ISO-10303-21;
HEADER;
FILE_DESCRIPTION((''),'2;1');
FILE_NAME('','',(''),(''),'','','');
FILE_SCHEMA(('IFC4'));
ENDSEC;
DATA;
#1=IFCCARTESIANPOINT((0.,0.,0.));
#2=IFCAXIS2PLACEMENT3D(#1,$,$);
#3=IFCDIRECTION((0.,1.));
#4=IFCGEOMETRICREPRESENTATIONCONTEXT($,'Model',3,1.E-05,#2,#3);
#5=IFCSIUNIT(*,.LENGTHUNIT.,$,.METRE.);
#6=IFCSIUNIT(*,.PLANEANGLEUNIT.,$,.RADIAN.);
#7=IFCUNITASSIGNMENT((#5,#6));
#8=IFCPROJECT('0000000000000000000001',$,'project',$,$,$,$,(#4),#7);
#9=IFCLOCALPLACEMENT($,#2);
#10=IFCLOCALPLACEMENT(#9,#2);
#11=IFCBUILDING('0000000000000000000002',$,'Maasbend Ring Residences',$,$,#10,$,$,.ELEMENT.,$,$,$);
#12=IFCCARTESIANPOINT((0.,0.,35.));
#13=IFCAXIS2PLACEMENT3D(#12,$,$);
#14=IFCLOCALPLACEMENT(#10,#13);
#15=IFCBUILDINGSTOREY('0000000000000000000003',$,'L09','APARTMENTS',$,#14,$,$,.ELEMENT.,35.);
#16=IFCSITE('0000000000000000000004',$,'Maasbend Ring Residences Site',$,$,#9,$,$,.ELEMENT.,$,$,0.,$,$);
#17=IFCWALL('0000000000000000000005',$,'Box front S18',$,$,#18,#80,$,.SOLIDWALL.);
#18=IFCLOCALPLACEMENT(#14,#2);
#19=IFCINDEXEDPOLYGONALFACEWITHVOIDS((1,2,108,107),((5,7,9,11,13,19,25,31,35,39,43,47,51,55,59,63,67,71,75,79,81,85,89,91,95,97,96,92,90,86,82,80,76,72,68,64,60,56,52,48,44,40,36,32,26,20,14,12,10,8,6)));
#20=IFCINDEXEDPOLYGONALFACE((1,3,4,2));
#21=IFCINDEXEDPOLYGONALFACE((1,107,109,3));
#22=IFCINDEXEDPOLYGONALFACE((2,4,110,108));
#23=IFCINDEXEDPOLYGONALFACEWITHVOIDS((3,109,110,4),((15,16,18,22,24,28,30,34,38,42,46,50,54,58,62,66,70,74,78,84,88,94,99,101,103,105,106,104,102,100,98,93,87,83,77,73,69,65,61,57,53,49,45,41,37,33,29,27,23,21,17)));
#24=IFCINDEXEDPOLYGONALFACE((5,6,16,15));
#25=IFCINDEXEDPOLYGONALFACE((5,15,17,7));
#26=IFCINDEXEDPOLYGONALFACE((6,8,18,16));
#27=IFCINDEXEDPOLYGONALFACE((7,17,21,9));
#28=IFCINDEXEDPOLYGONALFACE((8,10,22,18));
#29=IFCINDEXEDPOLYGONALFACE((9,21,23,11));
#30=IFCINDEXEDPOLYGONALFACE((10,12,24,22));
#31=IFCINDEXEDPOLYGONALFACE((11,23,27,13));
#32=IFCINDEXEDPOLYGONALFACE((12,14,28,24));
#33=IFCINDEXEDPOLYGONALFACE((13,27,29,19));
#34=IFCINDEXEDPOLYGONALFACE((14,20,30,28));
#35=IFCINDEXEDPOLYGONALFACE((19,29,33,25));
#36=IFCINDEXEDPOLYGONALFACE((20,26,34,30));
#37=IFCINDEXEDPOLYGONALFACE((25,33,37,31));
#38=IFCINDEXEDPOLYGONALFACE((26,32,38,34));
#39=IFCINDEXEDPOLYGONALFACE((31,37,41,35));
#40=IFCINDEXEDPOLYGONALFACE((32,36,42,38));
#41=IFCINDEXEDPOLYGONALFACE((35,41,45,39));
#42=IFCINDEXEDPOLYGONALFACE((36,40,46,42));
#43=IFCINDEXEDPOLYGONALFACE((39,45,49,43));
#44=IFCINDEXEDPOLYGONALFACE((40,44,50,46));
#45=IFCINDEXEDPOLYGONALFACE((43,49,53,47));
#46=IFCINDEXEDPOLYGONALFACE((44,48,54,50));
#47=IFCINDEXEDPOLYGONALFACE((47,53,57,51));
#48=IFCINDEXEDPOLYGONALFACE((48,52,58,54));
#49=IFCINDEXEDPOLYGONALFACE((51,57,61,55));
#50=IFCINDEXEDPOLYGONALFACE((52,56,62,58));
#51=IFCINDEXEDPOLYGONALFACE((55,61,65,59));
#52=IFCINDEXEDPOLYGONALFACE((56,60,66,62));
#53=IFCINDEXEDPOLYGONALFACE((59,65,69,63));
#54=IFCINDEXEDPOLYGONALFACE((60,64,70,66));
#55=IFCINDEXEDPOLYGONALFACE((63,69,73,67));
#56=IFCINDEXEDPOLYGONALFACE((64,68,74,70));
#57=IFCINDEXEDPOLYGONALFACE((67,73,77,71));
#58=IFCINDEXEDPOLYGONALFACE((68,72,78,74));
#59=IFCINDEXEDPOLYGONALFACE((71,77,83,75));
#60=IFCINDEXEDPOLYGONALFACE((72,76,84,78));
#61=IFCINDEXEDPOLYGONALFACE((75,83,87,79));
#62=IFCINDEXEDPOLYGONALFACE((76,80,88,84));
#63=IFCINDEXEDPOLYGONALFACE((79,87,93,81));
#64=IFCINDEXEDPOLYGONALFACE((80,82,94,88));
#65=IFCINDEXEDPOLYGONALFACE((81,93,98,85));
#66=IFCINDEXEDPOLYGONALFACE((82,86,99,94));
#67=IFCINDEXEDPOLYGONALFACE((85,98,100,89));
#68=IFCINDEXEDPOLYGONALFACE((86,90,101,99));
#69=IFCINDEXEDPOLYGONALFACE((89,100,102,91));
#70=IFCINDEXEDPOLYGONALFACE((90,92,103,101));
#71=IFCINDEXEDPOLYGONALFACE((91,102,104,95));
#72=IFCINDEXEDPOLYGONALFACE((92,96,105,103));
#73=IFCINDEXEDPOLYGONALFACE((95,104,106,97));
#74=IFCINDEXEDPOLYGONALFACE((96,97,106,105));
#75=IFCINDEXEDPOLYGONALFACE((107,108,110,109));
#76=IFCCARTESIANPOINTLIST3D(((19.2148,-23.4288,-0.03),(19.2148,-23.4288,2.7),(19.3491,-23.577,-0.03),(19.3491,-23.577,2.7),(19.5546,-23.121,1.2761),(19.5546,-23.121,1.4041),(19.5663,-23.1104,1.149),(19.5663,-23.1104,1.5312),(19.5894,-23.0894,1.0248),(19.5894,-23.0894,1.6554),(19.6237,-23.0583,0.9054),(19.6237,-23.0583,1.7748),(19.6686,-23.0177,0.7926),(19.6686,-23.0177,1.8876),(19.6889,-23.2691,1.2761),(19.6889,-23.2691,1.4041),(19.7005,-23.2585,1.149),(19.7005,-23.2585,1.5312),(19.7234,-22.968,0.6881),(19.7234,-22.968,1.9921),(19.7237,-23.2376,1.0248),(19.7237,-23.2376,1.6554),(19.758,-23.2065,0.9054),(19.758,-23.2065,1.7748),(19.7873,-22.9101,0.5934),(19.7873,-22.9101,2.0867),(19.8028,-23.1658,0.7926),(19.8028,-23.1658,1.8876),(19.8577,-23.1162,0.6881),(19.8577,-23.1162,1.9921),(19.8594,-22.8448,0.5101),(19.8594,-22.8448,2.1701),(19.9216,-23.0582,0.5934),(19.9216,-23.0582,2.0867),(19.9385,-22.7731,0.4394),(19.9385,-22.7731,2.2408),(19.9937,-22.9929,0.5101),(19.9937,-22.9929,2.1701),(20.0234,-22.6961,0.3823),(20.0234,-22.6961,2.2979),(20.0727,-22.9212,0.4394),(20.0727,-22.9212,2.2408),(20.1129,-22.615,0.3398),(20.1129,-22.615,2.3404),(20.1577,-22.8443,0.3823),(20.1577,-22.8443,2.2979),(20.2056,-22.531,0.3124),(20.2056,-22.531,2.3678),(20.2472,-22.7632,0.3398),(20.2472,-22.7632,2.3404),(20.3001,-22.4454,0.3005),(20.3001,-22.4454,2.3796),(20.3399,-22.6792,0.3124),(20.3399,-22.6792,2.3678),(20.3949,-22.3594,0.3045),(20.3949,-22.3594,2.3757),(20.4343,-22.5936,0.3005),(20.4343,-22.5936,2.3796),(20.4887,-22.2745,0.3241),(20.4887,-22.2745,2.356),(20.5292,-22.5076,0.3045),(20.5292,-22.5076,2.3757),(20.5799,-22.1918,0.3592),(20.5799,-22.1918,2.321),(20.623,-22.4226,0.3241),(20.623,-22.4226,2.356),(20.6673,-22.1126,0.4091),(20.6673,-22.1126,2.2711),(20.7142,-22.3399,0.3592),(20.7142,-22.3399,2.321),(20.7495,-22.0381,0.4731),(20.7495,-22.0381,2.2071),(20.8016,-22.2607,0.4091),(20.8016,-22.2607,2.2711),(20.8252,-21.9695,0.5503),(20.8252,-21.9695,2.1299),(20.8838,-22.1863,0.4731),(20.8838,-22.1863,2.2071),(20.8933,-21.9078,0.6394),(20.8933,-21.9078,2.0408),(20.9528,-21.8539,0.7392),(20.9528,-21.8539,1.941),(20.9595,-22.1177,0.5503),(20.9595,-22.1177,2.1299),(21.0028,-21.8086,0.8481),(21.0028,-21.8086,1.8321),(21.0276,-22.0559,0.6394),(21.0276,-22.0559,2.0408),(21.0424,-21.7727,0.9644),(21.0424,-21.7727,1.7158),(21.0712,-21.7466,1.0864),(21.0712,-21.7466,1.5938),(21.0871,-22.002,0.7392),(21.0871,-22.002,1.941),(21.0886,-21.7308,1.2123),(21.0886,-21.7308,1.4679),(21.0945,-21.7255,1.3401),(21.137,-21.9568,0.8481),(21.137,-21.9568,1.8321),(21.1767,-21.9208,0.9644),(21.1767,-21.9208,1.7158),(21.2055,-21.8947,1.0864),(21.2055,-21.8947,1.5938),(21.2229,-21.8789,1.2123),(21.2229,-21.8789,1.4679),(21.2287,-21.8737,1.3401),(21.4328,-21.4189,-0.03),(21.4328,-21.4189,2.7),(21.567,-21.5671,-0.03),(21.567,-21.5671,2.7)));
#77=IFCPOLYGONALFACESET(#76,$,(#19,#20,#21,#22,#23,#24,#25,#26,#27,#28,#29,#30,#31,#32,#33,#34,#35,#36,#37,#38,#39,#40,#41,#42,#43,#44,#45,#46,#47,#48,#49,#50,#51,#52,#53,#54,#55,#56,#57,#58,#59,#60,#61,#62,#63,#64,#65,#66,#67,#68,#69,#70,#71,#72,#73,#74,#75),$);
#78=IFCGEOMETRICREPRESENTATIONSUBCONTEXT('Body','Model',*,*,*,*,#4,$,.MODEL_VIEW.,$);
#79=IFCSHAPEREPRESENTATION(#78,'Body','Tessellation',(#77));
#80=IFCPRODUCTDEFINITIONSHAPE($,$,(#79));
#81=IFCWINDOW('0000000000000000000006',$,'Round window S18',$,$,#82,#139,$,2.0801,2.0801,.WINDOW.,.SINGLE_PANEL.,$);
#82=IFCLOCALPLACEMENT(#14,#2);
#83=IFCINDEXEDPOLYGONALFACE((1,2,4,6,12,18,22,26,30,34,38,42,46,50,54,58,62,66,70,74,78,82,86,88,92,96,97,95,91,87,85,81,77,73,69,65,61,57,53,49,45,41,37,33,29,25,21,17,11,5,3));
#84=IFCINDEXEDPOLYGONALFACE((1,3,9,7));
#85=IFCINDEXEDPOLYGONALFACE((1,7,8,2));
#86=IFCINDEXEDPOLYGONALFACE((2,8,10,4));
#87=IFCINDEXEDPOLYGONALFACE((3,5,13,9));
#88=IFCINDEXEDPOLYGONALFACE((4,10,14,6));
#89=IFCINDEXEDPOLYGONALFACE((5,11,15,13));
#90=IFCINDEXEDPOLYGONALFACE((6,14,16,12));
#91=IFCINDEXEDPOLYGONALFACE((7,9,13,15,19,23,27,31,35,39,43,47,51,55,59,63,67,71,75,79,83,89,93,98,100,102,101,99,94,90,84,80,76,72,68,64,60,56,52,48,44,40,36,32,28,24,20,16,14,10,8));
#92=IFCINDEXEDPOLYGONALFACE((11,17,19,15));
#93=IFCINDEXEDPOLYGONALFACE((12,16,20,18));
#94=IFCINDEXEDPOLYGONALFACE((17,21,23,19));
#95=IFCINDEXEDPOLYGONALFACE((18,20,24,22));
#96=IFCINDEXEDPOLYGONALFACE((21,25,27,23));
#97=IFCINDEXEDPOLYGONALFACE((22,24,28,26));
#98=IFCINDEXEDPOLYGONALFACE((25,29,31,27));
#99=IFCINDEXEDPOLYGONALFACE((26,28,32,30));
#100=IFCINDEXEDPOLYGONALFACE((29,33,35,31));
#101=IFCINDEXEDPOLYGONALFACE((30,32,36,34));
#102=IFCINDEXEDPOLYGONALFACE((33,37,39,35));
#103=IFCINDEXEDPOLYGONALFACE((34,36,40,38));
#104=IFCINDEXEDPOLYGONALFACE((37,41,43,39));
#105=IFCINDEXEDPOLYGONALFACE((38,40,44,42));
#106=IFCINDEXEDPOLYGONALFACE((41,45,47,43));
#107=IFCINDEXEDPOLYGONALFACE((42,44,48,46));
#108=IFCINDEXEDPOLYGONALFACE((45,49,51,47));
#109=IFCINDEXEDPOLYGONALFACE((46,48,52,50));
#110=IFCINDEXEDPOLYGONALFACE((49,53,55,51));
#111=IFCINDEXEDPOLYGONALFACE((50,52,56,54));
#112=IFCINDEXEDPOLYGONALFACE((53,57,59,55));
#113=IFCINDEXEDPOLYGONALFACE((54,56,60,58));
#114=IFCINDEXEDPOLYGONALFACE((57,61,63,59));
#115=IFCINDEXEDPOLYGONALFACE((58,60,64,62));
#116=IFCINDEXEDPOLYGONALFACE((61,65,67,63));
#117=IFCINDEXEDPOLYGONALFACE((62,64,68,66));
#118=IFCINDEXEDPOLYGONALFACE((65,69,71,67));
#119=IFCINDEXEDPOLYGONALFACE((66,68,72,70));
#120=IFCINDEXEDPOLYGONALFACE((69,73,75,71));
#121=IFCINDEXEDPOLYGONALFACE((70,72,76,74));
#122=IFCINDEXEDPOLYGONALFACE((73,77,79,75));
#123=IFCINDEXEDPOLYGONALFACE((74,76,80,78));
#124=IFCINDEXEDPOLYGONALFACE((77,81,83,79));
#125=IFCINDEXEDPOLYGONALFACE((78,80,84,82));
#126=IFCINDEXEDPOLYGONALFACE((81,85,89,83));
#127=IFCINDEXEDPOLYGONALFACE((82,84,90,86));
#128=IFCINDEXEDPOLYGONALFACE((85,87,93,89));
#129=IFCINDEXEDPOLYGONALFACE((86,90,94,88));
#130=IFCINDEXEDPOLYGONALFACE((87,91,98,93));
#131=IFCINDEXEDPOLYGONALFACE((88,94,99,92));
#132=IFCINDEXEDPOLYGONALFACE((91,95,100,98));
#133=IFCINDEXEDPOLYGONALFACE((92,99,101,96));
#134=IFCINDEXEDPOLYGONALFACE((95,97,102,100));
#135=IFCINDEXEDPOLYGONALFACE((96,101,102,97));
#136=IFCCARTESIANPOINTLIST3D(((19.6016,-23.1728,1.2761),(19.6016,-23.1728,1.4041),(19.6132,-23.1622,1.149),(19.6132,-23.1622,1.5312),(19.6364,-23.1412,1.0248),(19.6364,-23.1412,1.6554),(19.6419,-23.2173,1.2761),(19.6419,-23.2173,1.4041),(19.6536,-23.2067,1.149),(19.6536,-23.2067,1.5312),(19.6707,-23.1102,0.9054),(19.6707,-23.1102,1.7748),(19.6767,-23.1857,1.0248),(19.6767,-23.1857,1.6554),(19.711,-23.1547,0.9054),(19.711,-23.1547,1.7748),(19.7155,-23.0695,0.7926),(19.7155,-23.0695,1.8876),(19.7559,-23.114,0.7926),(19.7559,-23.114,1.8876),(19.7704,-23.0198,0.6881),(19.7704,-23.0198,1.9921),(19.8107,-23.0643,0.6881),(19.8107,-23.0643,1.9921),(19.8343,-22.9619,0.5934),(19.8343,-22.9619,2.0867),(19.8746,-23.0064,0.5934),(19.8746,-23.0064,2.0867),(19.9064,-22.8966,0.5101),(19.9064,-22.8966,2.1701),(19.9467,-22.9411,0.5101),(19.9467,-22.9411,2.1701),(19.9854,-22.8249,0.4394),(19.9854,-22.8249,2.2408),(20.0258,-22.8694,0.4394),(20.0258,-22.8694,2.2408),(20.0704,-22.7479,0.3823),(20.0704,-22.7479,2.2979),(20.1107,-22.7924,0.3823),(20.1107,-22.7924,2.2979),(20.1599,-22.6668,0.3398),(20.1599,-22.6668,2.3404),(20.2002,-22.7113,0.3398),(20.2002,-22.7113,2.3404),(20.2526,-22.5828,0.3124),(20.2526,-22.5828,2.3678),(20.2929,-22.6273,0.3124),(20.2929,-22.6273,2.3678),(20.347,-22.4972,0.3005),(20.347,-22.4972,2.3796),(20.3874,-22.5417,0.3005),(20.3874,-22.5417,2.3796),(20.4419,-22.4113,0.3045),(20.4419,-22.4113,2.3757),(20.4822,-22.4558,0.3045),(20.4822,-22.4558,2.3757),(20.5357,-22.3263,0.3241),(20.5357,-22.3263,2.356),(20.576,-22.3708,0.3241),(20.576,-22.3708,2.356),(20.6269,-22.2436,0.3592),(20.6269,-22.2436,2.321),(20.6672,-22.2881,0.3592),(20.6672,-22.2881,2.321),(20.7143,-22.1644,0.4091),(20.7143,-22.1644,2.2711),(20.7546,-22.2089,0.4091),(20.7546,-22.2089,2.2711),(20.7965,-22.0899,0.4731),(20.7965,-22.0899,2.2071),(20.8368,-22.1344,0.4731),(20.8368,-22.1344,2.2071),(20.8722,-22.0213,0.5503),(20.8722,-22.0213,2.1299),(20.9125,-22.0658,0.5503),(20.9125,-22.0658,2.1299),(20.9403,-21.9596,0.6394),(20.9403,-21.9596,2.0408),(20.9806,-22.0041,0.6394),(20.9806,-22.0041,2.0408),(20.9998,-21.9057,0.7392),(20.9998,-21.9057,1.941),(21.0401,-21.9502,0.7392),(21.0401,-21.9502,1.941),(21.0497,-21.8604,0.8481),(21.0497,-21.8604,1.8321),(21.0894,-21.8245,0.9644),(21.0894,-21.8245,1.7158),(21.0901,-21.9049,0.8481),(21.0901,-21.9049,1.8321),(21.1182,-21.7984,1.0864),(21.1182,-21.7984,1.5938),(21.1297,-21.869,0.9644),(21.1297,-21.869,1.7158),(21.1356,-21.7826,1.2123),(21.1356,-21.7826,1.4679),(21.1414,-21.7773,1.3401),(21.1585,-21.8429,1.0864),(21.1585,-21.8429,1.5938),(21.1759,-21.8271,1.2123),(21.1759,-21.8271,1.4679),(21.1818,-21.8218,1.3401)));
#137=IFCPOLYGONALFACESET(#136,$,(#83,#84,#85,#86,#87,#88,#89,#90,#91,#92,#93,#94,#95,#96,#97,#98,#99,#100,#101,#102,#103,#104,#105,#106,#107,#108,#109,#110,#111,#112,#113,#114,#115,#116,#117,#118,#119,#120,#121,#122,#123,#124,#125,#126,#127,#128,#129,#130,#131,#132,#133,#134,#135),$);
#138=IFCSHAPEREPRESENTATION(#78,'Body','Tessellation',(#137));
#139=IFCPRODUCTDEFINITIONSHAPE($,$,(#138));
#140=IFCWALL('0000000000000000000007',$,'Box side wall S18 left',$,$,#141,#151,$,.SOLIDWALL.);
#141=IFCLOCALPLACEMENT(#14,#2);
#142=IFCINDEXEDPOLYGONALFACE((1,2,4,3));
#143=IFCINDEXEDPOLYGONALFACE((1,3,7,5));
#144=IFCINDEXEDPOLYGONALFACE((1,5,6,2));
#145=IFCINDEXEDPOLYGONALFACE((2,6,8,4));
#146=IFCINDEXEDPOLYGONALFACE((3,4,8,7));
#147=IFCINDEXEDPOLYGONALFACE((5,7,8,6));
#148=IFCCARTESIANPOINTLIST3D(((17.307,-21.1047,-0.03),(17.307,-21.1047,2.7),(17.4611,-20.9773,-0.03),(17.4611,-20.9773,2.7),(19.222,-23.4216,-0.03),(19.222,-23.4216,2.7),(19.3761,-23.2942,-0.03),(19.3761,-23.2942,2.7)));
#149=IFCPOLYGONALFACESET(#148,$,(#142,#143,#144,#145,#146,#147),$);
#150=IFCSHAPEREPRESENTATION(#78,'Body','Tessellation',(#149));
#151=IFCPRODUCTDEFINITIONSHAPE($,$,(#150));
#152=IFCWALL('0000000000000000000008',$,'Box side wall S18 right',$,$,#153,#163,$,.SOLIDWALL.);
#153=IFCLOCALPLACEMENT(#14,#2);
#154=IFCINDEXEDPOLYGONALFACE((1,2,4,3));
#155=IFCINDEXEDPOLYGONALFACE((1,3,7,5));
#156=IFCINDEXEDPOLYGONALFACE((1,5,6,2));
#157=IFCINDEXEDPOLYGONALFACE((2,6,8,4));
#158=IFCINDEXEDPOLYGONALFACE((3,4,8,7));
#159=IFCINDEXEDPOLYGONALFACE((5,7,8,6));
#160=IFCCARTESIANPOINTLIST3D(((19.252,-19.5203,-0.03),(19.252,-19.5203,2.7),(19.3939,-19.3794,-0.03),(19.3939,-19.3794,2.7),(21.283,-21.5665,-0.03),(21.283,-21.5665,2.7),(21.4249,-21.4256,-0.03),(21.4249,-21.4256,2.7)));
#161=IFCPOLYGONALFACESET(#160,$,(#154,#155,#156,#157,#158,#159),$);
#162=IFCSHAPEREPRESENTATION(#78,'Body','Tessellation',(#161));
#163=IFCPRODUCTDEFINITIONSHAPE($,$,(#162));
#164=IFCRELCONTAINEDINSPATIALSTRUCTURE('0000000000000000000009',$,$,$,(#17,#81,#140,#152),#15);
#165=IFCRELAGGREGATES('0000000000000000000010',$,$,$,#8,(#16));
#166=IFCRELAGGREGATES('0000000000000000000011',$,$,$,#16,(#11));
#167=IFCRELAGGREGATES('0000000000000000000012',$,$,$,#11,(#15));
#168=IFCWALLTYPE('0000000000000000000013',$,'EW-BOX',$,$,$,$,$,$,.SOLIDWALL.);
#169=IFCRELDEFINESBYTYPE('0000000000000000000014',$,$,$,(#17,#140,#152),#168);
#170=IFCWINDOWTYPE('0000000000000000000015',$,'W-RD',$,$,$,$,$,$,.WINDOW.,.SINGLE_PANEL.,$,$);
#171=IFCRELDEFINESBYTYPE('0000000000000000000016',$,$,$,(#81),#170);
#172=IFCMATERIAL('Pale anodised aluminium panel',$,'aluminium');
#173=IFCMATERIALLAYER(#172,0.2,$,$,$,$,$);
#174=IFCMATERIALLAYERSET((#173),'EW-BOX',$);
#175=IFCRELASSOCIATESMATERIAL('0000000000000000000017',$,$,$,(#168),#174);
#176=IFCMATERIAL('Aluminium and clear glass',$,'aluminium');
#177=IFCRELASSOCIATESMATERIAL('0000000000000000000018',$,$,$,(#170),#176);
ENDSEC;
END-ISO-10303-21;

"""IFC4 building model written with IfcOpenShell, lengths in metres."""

from ifc_helpers import new_model, si_unit, direction, frame, frame_2d, origin, place, context, subcontext, project, spatial, rectangle, circle, extrude, material, layer, layer_set, type_object, element, fill, save


model = new_model("IFC4")

# Units and contexts
model_context = context("Model", 3, precision=1e-05, world=origin(), true_north=direction((0.0, 1.0)))
body_context = subcontext(model_context, "Body", "Model", "MODEL_VIEW")
ifc_project = project(units=[si_unit("LENGTHUNIT", "METRE"), si_unit("PLANEANGLEUNIT", "RADIAN")], contexts=[model_context])

# Site, building, storey
site_placement = place(None, origin())
site = spatial("IfcSite", under=ifc_project, at=site_placement, Name="Maasbend Ring Residences Site", CompositionType="ELEMENT", RefElevation=0.0)
building_placement = place(site_placement, origin())
building = spatial("IfcBuilding", under=site, at=building_placement, Name="Maasbend Ring Residences", CompositionType="ELEMENT")
storey_placement = place(building_placement, frame((0.0, 0.0, 35.0)))
storey = spatial("IfcBuildingStorey", under=building, at=storey_placement, Name="L09", Description="APARTMENTS", CompositionType="ELEMENT", Elevation=35.0)

# Shared definitions
ifc_material_1 = material(Name="Pale anodised aluminium panel", Category="aluminium")
ifc_layer_1 = layer(ifc_material_1, 0.2)
ifc_layer_set_1 = layer_set([ifc_layer_1], Name="EW-BOX")
wall_type_1 = type_object("IfcWallType", Name="EW-BOX", PredefinedType="SOLIDWALL", material=ifc_layer_set_1)
ifc_material_2 = material(Name="Aluminium and clear glass", Category="aluminium")
window_type_1 = type_object("IfcWindowType", Name="W-RD", PartitioningType="SINGLE_PANEL", PredefinedType="WINDOW", material=ifc_material_2)

# Wall, opening, window
wall_1_placement = place(storey_placement, frame((19.282, -23.5029, -0.03), z_axis=(0.0, 0.0, 1.0), x_axis=(0.740998, 0.671507, 0.0)))
wall_1 = element("IfcWall", 1, at=wall_1_placement, inside=storey, type_object=wall_type_1, Name="Box front S18", PredefinedType="SOLIDWALL", context=body_context, shape_type="SweptSolid", body=[
    extrude(rectangle(XDim=2.9932, YDim=0.2, at=frame_2d((1.4966, 0.0))), origin(), (0.0, 0.0, 1.0), 2.73),
])
opening_1_placement = place(wall_1_placement, frame((0.4565, 0.0, 0.3301)))
opening_1 = element("IfcOpeningElement", 2, at=opening_1_placement, cuts=wall_1, PredefinedType="OPENING", context=body_context, shape_type="SweptSolid", body=[
    extrude(circle(Radius=1.04, at=frame_2d((1.04, 1.04))), frame((0.0, 0.1099, 0.0), z_axis=(0.0, -1.0, 0.0), x_axis=(1.0, 0.0, 0.0)), (0.0, 0.0, 1.0), 0.22),
])
window_1_placement = place(opening_1_placement, origin())
window_1 = element("IfcWindow", 3, at=window_1_placement, inside=storey, type_object=window_type_1, Name="Round window S18", OverallHeight=2.0801, OverallWidth=2.0801, PartitioningType="SINGLE_PANEL", PredefinedType="WINDOW", context=body_context, shape_type="SweptSolid", body=[
    extrude(circle(Radius=1.04, at=frame_2d((1.04, 1.04))), frame((0.0, 0.03, 0.0), z_axis=(0.0, -1.0, 0.0), x_axis=(1.0, 0.0, 0.0)), (0.0, 0.0, 1.0), 0.0601),
])
fill(opening_1, window_1)

# Walls
wall_2_placement = place(storey_placement, frame((17.384, -21.041, -0.03), z_axis=(0.0, 0.0, 1.0), x_axis=(0.637096, -0.770785, 0.0)))
element("IfcWall", 4, at=wall_2_placement, inside=storey, type_object=wall_type_1, Name="Box side wall S18 left", PredefinedType="SOLIDWALL", context=body_context, shape_type="SweptSolid", body=[
    extrude(rectangle(XDim=3.0059, YDim=0.2, at=frame_2d((1.5029, 0.0))), origin(), (0.0, 0.0, 1.0), 2.73),
])
wall_3_placement = place(storey_placement, frame((19.323, -19.45, -0.03), z_axis=(0.0, 0.0, 1.0), x_axis=(0.704477, -0.709727, 0.0)))
element("IfcWall", 5, at=wall_3_placement, inside=storey, type_object=wall_type_1, Name="Box side wall S18 right", PredefinedType="SOLIDWALL", context=body_context, shape_type="SweptSolid", body=[
    extrude(rectangle(XDim=2.8831, YDim=0.2, at=frame_2d((1.4414, 0.0))), origin(), (0.0, 0.0, 1.0), 2.73),
])

save(model, "model.ifc")
